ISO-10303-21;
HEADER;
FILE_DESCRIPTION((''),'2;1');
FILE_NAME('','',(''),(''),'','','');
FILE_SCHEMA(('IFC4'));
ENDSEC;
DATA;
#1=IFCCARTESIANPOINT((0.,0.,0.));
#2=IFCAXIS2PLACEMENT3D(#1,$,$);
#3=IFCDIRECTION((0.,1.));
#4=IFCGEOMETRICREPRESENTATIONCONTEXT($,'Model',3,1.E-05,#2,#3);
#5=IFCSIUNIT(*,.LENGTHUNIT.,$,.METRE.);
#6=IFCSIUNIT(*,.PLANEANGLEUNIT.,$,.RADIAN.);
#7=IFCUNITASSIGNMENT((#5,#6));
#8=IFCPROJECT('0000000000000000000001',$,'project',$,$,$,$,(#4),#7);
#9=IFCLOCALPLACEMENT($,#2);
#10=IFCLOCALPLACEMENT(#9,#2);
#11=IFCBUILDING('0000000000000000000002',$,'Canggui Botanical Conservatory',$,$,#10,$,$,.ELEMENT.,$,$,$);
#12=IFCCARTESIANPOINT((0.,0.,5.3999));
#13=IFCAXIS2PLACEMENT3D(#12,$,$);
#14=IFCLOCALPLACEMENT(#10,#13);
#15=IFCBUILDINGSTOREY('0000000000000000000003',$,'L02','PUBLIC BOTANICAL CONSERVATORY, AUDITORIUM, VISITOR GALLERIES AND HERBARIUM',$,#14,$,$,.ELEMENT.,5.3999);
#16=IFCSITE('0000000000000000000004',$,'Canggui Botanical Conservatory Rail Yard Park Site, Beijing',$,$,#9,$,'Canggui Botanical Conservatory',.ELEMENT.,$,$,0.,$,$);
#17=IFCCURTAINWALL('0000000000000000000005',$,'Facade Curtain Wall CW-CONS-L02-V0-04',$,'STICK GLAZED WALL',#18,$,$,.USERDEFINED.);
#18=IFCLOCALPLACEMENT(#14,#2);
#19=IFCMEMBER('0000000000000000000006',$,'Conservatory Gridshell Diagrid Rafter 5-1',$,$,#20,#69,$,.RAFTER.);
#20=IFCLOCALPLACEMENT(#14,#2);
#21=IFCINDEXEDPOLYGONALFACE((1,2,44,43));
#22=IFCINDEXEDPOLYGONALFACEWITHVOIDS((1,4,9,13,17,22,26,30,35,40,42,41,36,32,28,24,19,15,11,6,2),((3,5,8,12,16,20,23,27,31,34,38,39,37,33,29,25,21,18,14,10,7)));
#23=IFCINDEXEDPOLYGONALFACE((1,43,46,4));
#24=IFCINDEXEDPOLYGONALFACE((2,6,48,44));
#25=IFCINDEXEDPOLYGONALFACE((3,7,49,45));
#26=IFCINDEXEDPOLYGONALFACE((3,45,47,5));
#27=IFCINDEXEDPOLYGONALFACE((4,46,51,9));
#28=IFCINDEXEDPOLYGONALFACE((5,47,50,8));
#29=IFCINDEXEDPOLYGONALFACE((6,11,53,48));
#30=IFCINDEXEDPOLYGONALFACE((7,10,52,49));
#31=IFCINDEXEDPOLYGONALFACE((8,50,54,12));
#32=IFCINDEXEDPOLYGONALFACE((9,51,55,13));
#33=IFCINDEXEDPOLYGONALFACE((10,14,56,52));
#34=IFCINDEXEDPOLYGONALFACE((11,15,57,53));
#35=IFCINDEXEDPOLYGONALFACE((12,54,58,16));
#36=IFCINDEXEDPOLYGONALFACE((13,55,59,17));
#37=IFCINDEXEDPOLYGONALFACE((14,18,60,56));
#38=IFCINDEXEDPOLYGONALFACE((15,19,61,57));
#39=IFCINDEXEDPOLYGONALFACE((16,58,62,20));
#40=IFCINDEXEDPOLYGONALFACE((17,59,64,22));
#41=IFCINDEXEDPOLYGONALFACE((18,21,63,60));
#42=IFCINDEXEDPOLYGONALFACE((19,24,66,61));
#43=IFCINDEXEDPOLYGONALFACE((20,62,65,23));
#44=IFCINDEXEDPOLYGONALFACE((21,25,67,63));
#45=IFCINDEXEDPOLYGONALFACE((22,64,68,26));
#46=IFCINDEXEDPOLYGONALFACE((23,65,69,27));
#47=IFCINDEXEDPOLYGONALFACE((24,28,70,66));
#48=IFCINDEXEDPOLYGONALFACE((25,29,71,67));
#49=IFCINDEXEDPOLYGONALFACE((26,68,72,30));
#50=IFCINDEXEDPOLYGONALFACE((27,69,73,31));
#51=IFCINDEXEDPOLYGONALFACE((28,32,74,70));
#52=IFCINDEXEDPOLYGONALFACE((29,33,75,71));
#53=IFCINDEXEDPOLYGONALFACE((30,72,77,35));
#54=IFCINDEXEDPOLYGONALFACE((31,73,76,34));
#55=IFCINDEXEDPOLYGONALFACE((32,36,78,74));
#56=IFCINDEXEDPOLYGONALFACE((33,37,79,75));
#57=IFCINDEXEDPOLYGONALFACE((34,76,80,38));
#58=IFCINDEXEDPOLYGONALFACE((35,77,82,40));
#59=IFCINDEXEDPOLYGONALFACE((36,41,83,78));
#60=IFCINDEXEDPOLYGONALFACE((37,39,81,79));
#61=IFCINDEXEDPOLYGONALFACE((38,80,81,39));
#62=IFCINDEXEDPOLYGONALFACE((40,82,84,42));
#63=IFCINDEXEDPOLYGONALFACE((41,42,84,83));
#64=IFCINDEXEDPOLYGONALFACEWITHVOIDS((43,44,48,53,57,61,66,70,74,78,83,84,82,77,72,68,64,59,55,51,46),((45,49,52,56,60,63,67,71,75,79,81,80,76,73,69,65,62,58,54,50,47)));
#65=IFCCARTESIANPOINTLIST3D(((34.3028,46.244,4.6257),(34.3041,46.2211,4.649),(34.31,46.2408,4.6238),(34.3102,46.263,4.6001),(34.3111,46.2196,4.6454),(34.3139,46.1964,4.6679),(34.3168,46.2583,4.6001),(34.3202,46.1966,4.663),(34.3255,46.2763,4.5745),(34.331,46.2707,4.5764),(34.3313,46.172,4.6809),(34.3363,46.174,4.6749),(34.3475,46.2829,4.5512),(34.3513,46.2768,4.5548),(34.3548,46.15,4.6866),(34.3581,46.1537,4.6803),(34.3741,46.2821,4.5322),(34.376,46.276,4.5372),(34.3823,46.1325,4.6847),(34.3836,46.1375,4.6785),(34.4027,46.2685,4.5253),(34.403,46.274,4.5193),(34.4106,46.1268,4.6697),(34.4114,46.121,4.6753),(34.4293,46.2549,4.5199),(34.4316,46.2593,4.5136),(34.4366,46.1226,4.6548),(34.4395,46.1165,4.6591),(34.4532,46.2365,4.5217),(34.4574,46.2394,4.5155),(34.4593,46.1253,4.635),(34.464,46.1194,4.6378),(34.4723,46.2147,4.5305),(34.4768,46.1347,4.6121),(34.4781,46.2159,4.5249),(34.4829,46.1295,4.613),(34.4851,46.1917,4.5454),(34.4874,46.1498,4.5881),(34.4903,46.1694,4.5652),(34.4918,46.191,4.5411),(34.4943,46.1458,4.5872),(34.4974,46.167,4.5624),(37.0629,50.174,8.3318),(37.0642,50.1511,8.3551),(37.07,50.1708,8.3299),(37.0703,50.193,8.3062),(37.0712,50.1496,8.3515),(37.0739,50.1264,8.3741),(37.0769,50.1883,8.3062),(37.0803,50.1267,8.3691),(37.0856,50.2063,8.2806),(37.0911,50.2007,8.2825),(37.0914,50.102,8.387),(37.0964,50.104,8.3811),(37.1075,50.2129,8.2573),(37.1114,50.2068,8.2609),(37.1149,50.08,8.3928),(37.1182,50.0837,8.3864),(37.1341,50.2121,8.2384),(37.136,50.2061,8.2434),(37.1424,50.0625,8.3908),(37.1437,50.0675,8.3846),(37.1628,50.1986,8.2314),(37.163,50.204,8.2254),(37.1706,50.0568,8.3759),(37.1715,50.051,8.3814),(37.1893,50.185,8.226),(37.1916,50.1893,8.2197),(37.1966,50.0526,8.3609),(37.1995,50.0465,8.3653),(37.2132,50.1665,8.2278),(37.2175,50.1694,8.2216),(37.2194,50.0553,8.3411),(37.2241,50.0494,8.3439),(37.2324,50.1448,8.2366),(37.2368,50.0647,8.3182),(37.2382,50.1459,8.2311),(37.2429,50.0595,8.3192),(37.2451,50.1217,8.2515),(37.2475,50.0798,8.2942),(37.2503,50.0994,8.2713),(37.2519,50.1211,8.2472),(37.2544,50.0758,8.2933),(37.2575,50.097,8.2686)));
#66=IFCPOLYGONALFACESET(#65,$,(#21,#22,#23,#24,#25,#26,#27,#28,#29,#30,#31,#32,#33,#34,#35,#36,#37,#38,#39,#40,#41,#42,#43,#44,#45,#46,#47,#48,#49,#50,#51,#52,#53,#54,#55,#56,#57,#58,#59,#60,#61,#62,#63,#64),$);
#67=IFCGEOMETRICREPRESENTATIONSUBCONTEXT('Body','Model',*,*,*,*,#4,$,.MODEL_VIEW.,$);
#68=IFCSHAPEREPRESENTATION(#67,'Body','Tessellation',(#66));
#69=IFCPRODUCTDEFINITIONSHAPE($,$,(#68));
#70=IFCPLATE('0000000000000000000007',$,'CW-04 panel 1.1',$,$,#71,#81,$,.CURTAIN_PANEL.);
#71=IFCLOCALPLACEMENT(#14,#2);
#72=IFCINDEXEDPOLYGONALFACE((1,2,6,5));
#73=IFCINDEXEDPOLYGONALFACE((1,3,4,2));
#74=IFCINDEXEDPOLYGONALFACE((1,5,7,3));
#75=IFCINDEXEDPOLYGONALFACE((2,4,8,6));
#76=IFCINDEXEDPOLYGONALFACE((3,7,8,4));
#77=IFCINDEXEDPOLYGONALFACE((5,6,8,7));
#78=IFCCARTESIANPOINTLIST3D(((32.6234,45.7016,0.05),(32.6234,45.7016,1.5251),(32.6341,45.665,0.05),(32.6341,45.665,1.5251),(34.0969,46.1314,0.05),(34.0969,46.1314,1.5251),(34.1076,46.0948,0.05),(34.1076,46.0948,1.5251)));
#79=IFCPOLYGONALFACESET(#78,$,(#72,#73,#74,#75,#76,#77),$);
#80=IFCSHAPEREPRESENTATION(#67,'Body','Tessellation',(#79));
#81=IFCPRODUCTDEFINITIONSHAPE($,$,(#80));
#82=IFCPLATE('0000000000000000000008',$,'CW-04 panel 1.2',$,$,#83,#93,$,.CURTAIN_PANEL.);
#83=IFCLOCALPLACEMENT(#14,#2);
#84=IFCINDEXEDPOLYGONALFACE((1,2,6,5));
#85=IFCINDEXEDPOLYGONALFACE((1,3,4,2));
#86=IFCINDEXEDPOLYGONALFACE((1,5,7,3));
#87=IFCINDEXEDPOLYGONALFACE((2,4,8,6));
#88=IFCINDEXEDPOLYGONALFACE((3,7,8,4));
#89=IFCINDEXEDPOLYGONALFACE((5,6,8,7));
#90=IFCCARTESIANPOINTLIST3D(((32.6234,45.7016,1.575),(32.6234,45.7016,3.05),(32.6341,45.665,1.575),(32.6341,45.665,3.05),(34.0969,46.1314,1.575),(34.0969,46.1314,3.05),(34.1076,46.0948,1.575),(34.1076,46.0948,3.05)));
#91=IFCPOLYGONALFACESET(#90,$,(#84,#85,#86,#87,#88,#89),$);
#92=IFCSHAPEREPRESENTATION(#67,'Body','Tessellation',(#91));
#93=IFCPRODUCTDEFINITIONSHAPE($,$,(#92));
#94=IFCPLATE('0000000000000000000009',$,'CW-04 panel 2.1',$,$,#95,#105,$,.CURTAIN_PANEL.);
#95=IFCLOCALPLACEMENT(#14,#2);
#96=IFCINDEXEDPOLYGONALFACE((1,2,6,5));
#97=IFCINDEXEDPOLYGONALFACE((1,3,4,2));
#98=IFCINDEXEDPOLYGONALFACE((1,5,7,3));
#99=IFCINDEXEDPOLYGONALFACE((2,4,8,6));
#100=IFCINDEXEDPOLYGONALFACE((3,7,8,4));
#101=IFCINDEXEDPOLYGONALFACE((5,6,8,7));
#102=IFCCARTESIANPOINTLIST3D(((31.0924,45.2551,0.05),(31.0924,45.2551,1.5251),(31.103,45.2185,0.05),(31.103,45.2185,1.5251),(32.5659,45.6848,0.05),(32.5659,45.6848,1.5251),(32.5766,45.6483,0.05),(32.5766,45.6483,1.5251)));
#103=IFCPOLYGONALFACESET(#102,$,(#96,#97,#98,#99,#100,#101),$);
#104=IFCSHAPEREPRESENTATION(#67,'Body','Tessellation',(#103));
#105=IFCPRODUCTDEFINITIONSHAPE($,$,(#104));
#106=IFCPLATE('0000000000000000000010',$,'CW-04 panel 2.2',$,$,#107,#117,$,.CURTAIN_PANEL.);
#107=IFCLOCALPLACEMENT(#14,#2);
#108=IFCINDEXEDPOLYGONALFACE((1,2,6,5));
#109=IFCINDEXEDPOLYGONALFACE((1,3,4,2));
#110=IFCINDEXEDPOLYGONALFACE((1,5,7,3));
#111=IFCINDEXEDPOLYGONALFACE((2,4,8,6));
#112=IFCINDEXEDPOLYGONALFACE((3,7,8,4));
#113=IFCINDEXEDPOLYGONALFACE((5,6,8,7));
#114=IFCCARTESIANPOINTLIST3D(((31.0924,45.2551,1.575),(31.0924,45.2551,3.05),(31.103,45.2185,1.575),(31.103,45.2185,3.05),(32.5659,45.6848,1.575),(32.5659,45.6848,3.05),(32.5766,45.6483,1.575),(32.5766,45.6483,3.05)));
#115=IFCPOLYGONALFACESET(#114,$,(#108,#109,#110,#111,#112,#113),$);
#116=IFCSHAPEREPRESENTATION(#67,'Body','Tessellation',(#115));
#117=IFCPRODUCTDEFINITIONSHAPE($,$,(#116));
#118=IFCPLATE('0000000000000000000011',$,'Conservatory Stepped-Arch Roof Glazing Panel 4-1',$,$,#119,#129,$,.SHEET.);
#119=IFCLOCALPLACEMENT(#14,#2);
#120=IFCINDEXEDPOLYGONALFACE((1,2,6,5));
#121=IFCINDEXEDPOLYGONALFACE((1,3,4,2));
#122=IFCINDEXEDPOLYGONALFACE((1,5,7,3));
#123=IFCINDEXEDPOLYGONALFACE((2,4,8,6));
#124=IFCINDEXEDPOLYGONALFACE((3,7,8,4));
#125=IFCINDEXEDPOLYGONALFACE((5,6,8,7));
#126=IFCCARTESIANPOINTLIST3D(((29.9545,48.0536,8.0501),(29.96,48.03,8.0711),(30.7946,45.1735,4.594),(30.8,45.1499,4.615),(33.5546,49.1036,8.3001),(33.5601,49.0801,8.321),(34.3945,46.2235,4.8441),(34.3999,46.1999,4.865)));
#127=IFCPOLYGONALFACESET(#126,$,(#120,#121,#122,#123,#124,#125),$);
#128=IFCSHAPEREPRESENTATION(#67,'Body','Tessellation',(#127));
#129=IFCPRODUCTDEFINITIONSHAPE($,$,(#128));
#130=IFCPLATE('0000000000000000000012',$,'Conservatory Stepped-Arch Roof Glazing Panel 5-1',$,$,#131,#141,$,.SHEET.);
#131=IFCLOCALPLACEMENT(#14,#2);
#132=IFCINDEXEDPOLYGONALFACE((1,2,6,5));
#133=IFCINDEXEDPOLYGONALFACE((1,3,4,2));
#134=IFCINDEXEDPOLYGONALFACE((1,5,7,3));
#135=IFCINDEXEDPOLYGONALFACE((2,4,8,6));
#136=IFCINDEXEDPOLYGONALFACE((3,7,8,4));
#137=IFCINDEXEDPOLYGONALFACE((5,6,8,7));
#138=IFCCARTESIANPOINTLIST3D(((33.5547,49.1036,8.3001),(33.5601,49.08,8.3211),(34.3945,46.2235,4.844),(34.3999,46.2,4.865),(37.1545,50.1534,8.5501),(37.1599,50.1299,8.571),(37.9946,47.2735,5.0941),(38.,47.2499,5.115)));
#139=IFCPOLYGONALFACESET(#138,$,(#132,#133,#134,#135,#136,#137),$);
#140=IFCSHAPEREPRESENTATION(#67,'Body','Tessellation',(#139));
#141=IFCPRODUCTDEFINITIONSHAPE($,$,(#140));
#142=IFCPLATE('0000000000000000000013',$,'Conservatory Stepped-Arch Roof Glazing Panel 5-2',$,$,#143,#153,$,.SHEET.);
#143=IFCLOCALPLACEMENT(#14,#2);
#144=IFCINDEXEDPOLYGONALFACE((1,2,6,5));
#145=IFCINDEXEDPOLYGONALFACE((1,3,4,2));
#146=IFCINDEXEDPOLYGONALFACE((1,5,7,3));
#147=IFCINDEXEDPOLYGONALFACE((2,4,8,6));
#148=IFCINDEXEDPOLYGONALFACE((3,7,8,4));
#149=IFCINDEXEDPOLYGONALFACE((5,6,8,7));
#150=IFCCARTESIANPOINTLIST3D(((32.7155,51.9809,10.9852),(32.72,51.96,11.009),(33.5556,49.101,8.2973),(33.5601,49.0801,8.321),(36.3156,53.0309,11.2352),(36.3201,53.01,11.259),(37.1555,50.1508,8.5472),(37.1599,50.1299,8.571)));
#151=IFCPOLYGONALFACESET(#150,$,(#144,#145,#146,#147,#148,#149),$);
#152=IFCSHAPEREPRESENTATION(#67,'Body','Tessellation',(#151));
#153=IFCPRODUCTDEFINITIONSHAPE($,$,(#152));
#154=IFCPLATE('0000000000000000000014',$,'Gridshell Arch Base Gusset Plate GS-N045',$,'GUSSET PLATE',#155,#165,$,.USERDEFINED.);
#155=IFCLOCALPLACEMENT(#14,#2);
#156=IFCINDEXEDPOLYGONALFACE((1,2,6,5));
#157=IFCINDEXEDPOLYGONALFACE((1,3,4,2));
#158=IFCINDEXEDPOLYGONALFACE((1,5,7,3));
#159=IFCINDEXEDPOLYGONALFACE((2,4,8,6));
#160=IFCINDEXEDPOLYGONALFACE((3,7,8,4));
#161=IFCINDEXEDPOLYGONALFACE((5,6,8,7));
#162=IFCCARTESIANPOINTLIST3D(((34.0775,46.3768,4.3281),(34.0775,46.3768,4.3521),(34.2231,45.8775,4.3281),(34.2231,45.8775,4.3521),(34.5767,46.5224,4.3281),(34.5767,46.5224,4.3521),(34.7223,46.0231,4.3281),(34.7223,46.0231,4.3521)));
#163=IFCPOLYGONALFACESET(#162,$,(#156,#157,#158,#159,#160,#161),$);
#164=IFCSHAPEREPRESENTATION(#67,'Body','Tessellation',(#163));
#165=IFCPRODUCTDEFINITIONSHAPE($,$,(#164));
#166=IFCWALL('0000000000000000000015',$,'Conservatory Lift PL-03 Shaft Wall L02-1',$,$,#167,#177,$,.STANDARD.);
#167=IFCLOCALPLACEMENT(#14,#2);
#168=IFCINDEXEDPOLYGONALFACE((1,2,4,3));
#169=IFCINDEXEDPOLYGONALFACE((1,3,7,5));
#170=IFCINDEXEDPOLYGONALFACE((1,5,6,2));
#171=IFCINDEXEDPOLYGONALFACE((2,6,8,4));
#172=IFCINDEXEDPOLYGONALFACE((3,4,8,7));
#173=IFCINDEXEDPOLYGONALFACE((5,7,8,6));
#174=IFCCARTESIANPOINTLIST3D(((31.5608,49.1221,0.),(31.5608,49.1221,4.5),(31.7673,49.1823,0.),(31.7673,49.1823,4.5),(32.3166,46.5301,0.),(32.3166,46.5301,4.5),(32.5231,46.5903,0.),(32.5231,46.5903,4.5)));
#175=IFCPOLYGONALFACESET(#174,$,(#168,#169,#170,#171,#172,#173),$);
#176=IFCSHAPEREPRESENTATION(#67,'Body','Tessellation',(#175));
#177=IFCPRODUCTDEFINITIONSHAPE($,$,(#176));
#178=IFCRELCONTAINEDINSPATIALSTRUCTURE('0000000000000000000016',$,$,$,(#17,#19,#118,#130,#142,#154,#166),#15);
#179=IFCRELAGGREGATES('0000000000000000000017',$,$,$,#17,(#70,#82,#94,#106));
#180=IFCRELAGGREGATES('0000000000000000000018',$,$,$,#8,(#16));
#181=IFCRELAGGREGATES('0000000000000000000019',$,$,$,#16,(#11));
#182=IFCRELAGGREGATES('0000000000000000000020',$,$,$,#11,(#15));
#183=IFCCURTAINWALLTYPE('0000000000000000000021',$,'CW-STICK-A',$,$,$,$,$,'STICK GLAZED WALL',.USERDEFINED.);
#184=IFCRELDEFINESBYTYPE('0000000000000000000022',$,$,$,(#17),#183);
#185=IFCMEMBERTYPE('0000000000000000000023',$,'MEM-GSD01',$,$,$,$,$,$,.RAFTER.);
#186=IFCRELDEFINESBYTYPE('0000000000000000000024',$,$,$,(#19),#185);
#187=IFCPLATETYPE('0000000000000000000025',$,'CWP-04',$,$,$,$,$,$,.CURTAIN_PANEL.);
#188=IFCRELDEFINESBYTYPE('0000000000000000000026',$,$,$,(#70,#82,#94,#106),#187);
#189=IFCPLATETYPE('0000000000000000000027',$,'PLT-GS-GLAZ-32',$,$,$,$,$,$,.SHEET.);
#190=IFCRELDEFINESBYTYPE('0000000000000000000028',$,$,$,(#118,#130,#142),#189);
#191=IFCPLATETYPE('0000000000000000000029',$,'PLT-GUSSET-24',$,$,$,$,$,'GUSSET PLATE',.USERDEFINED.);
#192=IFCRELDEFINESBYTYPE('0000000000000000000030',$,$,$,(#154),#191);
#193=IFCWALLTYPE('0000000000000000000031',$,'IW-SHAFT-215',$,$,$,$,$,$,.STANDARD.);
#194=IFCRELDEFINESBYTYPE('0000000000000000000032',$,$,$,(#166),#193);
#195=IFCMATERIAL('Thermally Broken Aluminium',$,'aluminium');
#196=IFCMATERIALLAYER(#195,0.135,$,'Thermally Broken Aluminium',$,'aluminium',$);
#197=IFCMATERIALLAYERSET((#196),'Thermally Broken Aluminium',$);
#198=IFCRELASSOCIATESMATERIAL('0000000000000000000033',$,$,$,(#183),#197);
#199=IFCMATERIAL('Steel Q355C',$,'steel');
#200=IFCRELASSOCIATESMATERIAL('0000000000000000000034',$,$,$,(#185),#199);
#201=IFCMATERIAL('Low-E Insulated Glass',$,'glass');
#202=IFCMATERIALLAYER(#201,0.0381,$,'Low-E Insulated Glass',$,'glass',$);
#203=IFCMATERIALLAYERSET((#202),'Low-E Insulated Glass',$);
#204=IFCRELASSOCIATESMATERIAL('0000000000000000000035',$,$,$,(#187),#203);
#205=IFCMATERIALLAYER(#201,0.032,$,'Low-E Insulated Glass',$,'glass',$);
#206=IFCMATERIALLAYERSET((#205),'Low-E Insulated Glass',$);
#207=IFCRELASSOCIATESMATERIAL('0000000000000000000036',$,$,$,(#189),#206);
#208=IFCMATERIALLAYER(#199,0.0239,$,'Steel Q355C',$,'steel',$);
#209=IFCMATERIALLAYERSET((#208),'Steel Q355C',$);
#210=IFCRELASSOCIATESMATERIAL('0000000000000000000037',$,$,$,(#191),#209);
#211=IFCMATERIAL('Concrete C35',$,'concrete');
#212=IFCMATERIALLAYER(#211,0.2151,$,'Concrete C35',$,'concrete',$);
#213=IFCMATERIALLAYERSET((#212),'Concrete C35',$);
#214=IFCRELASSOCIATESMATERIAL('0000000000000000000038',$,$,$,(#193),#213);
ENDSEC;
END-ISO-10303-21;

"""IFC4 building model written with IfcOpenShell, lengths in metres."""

from ifc_helpers import new_model, si_unit, direction, frame, frame_2d, origin, origin_2d, place, context, subcontext, project, spatial, polyline, rectangle, hollow_circle, outline, extrude, material, layer, layer_set, material_profile, profile_set, type_object, element, aggregate, save


model = new_model("IFC4")

# Units and contexts
model_context = context("Model", 3, precision=1e-05, world=origin(), true_north=direction((0.0, 1.0)))
body_context = subcontext(model_context, "Body", "Model", "MODEL_VIEW")
ifc_project = project(units=[si_unit("LENGTHUNIT", "METRE"), si_unit("PLANEANGLEUNIT", "RADIAN")], contexts=[model_context])

# Site, building, storey
site_placement = place(None, origin())
site = spatial("IfcSite", under=ifc_project, at=site_placement, Name="Canggui Botanical Conservatory Rail Yard Park Site, Beijing", LongName="Canggui Botanical Conservatory", CompositionType="ELEMENT", RefElevation=0.0)
building_placement = place(site_placement, origin())
building = spatial("IfcBuilding", under=site, at=building_placement, Name="Canggui Botanical Conservatory", CompositionType="ELEMENT")
storey_placement = place(building_placement, frame((0.0, 0.0, 5.3999)))
storey = spatial("IfcBuildingStorey", under=building, at=storey_placement, Name="L02", Description="PUBLIC BOTANICAL CONSERVATORY, AUDITORIUM, VISITOR GALLERIES AND HERBARIUM", CompositionType="ELEMENT", Elevation=5.3999)

# Shared definitions
ifc_material_1 = material(Name="Steel Q355C", Category="steel")

# Curtain wall
ifc_material_2 = material(Name="Thermally Broken Aluminium", Category="aluminium")
ifc_layer_1 = layer(ifc_material_2, 0.135, Name="Thermally Broken Aluminium", Category="aluminium")
ifc_layer_set_1 = layer_set([ifc_layer_1], Name="Thermally Broken Aluminium")
curtain_wall_type_1 = type_object("IfcCurtainWallType", Name="CW-STICK-A", ElementType="STICK GLAZED WALL", PredefinedType="USERDEFINED", material=ifc_layer_set_1)
curtain_wall_1_placement = place(storey_placement, origin())
curtain_wall_1 = element("IfcCurtainWall", 1, at=curtain_wall_1_placement, inside=storey, type_object=curtain_wall_type_1, Name="Facade Curtain Wall CW-CONS-L02-V0-04", ObjectType="STICK GLAZED WALL", PredefinedType="USERDEFINED")

# Member
ifc_material_profile_1 = material_profile(ifc_material_1, hollow_circle(Radius=0.1096, WallThickness=0.0081, at=origin_2d()), Name="CHS 219x8")
ifc_profile_set_1 = profile_set([ifc_material_profile_1], Name="Steel Q355C")
member_type_1 = type_object("IfcMemberType", Name="MEM-GSD01", PredefinedType="RAFTER", material=ifc_profile_set_1)
member_1_placement = place(storey_placement, frame((34.3999, 46.2, 4.6001), z_axis=(0.454994, 0.647858, 0.610951), x_axis=(-0.818345, 0.574728, 0.0)))
element("IfcMember", 2, at=member_1_placement, inside=storey, type_object=member_type_1, Name="Conservatory Gridshell Diagrid Rafter 5-1", PredefinedType="RAFTER", context=body_context, shape_type="SweptSolid", body=[
    extrude(hollow_circle(Radius=0.1096, WallThickness=0.0081, at=origin_2d()), origin(), (0.0, 0.0, 1.0), 6.0662),
])

# Plates
ifc_material_3 = material(Name="Low-E Insulated Glass", Category="glass")
ifc_layer_2 = layer(ifc_material_3, 0.0381, Name="Low-E Insulated Glass", Category="glass")
ifc_layer_set_2 = layer_set([ifc_layer_2], Name="Low-E Insulated Glass")
plate_type_1 = type_object("IfcPlateType", Name="CWP-04", PredefinedType="CURTAIN_PANEL", material=ifc_layer_set_2)
plate_1_placement = place(storey_placement, frame((33.3655, 45.8982, 0.05), z_axis=(0.0, 0.0, 1.0), x_axis=(-0.96, -0.28, 0.0)))
plate_1 = element("IfcPlate", 3, at=plate_1_placement, type_object=plate_type_1, Name="CW-04 panel 1.1", PredefinedType="CURTAIN_PANEL", context=body_context, shape_type="SweptSolid", body=[
    extrude(rectangle(XDim=1.5349, YDim=0.0381, at=origin_2d()), origin(), (0.0, 0.0, 1.0), 1.4751),
])
plate_2_placement = place(storey_placement, frame((33.3655, 45.8982, 1.575), z_axis=(0.0, 0.0, 1.0), x_axis=(-0.96, -0.28, 0.0)))
plate_2 = element("IfcPlate", 4, at=plate_2_placement, type_object=plate_type_1, Name="CW-04 panel 1.2", PredefinedType="CURTAIN_PANEL", context=body_context, shape_type="SweptSolid", body=[
    extrude(rectangle(XDim=1.5349, YDim=0.0381, at=origin_2d()), origin(), (0.0, 0.0, 1.0), 1.4751),
])
plate_3_placement = place(storey_placement, frame((31.8345, 45.4517, 0.05), z_axis=(0.0, 0.0, 1.0), x_axis=(-0.96, -0.28, 0.0)))
plate_3 = element("IfcPlate", 5, at=plate_3_placement, type_object=plate_type_1, Name="CW-04 panel 2.1", PredefinedType="CURTAIN_PANEL", context=body_context, shape_type="SweptSolid", body=[
    extrude(rectangle(XDim=1.5349, YDim=0.0381, at=origin_2d()), origin(), (0.0, 0.0, 1.0), 1.4751),
])
plate_4_placement = place(storey_placement, frame((31.8345, 45.4517, 1.575), z_axis=(0.0, 0.0, 1.0), x_axis=(-0.96, -0.28, 0.0)))
plate_4 = element("IfcPlate", 6, at=plate_4_placement, type_object=plate_type_1, Name="CW-04 panel 2.2", PredefinedType="CURTAIN_PANEL", context=body_context, shape_type="SweptSolid", body=[
    extrude(rectangle(XDim=1.5349, YDim=0.0381, at=origin_2d()), origin(), (0.0, 0.0, 1.0), 1.4751),
])
aggregate(curtain_wall_1, [plate_1, plate_2, plate_3, plate_4])

# Plates
ifc_layer_3 = layer(ifc_material_3, 0.032, Name="Low-E Insulated Glass", Category="glass")
ifc_layer_set_3 = layer_set([ifc_layer_3], Name="Low-E Insulated Glass")
plate_type_2 = type_object("IfcPlateType", Name="PLT-GS-GLAZ-32", PredefinedType="SHEET", material=ifc_layer_set_3)
plate_5_placement = place(storey_placement, frame((30.8, 45.1499, 4.615), z_axis=(0.16934, -0.736487, 0.654913), x_axis=(0.957868, 0.279398, 0.066525)))
element("IfcPlate", 7, at=plate_5_placement, inside=storey, type_object=plate_type_2, Name="Conservatory Stepped-Arch Roof Glazing Panel 4-1", PredefinedType="SHEET", context=body_context, shape_type="SweptSolid", body=[
    extrude(outline(polyline([(0.0, 0.0), (3.7582, 0.0), (3.9884, 4.5708), (0.2299, 4.5708), (0.0, 0.0)])), origin(), (0.0, 0.0, -1.0), 0.032),
])
plate_6_placement = place(storey_placement, frame((34.3999, 46.2, 4.865), z_axis=(0.169321, -0.736505, 0.654898), x_axis=(0.957876, 0.279371, 0.066529)))
element("IfcPlate", 8, at=plate_6_placement, inside=storey, type_object=plate_type_2, Name="Conservatory Stepped-Arch Roof Glazing Panel 5-1", PredefinedType="SHEET", context=body_context, shape_type="SweptSolid", body=[
    extrude(outline(polyline([(0.0, 0.0), (3.7584, 0.0), (3.9882, 4.5707), (0.2301, 4.5708), (0.0, 0.0)])), origin(), (0.0, 0.0, -1.0), 0.032),
])
plate_7_placement = place(storey_placement, frame((33.5601, 49.0801, 8.321), z_axis=(0.139, -0.653723, 0.743858), x_axis=(0.957882, 0.279353, 0.06651)))
element("IfcPlate", 9, at=plate_7_placement, inside=storey, type_object=plate_type_2, Name="Conservatory Stepped-Arch Roof Glazing Panel 5-2", PredefinedType="SHEET", context=body_context, shape_type="SweptSolid", body=[
    extrude(outline(polyline([(0.0, 0.0), (3.7581, 0.0), (3.937, 4.0241), (0.1786, 4.024), (0.0, 0.0)])), origin(), (0.0, 0.0, -1.0), 0.032),
])
ifc_layer_4 = layer(ifc_material_1, 0.0239, Name="Steel Q355C", Category="steel")
ifc_layer_set_4 = layer_set([ifc_layer_4], Name="Steel Q355C")
plate_type_3 = type_object("IfcPlateType", Name="PLT-GUSSET-24", ElementType="GUSSET PLATE", PredefinedType="USERDEFINED", material=ifc_layer_set_4)
plate_8_placement = place(storey_placement, frame((34.3999, 46.2, 4.3281), z_axis=(0.0, 0.0, 1.0), x_axis=(0.96, 0.28, 0.0)))
element("IfcPlate", 10, at=plate_8_placement, inside=storey, type_object=plate_type_3, Name="Gridshell Arch Base Gusset Plate GS-N045", ObjectType="GUSSET PLATE", PredefinedType="USERDEFINED", context=body_context, shape_type="SweptSolid", body=[
    extrude(rectangle(XDim=0.52, YDim=0.52, at=origin_2d()), origin(), (0.0, 0.0, 1.0), 0.0239),
])

# Wall
ifc_material_4 = material(Name="Concrete C35", Category="concrete")
ifc_layer_5 = layer(ifc_material_4, 0.2151, Name="Concrete C35", Category="concrete")
ifc_layer_set_5 = layer_set([ifc_layer_5], Name="Concrete C35")
wall_type = type_object("IfcWallType", Name="IW-SHAFT-215", PredefinedType="STANDARD", material=ifc_layer_set_5)
wall_1_placement = place(storey_placement, frame((32.4199, 46.5601, 0.0), z_axis=(0.0, 0.0, 1.0), x_axis=(-0.279948, 0.960015, 0.0)))
element("IfcWall", 11, at=wall_1_placement, inside=storey, type_object=wall_type, Name="Conservatory Lift PL-03 Shaft Wall L02-1", PredefinedType="STANDARD", context=body_context, shape_type="SweptSolid", body=[
    extrude(rectangle(XDim=2.7, YDim=0.2151, at=frame_2d((1.3501, 0.0))), origin(), (0.0, 0.0, 1.0), 4.5),
])

save(model, "model.ifc")
